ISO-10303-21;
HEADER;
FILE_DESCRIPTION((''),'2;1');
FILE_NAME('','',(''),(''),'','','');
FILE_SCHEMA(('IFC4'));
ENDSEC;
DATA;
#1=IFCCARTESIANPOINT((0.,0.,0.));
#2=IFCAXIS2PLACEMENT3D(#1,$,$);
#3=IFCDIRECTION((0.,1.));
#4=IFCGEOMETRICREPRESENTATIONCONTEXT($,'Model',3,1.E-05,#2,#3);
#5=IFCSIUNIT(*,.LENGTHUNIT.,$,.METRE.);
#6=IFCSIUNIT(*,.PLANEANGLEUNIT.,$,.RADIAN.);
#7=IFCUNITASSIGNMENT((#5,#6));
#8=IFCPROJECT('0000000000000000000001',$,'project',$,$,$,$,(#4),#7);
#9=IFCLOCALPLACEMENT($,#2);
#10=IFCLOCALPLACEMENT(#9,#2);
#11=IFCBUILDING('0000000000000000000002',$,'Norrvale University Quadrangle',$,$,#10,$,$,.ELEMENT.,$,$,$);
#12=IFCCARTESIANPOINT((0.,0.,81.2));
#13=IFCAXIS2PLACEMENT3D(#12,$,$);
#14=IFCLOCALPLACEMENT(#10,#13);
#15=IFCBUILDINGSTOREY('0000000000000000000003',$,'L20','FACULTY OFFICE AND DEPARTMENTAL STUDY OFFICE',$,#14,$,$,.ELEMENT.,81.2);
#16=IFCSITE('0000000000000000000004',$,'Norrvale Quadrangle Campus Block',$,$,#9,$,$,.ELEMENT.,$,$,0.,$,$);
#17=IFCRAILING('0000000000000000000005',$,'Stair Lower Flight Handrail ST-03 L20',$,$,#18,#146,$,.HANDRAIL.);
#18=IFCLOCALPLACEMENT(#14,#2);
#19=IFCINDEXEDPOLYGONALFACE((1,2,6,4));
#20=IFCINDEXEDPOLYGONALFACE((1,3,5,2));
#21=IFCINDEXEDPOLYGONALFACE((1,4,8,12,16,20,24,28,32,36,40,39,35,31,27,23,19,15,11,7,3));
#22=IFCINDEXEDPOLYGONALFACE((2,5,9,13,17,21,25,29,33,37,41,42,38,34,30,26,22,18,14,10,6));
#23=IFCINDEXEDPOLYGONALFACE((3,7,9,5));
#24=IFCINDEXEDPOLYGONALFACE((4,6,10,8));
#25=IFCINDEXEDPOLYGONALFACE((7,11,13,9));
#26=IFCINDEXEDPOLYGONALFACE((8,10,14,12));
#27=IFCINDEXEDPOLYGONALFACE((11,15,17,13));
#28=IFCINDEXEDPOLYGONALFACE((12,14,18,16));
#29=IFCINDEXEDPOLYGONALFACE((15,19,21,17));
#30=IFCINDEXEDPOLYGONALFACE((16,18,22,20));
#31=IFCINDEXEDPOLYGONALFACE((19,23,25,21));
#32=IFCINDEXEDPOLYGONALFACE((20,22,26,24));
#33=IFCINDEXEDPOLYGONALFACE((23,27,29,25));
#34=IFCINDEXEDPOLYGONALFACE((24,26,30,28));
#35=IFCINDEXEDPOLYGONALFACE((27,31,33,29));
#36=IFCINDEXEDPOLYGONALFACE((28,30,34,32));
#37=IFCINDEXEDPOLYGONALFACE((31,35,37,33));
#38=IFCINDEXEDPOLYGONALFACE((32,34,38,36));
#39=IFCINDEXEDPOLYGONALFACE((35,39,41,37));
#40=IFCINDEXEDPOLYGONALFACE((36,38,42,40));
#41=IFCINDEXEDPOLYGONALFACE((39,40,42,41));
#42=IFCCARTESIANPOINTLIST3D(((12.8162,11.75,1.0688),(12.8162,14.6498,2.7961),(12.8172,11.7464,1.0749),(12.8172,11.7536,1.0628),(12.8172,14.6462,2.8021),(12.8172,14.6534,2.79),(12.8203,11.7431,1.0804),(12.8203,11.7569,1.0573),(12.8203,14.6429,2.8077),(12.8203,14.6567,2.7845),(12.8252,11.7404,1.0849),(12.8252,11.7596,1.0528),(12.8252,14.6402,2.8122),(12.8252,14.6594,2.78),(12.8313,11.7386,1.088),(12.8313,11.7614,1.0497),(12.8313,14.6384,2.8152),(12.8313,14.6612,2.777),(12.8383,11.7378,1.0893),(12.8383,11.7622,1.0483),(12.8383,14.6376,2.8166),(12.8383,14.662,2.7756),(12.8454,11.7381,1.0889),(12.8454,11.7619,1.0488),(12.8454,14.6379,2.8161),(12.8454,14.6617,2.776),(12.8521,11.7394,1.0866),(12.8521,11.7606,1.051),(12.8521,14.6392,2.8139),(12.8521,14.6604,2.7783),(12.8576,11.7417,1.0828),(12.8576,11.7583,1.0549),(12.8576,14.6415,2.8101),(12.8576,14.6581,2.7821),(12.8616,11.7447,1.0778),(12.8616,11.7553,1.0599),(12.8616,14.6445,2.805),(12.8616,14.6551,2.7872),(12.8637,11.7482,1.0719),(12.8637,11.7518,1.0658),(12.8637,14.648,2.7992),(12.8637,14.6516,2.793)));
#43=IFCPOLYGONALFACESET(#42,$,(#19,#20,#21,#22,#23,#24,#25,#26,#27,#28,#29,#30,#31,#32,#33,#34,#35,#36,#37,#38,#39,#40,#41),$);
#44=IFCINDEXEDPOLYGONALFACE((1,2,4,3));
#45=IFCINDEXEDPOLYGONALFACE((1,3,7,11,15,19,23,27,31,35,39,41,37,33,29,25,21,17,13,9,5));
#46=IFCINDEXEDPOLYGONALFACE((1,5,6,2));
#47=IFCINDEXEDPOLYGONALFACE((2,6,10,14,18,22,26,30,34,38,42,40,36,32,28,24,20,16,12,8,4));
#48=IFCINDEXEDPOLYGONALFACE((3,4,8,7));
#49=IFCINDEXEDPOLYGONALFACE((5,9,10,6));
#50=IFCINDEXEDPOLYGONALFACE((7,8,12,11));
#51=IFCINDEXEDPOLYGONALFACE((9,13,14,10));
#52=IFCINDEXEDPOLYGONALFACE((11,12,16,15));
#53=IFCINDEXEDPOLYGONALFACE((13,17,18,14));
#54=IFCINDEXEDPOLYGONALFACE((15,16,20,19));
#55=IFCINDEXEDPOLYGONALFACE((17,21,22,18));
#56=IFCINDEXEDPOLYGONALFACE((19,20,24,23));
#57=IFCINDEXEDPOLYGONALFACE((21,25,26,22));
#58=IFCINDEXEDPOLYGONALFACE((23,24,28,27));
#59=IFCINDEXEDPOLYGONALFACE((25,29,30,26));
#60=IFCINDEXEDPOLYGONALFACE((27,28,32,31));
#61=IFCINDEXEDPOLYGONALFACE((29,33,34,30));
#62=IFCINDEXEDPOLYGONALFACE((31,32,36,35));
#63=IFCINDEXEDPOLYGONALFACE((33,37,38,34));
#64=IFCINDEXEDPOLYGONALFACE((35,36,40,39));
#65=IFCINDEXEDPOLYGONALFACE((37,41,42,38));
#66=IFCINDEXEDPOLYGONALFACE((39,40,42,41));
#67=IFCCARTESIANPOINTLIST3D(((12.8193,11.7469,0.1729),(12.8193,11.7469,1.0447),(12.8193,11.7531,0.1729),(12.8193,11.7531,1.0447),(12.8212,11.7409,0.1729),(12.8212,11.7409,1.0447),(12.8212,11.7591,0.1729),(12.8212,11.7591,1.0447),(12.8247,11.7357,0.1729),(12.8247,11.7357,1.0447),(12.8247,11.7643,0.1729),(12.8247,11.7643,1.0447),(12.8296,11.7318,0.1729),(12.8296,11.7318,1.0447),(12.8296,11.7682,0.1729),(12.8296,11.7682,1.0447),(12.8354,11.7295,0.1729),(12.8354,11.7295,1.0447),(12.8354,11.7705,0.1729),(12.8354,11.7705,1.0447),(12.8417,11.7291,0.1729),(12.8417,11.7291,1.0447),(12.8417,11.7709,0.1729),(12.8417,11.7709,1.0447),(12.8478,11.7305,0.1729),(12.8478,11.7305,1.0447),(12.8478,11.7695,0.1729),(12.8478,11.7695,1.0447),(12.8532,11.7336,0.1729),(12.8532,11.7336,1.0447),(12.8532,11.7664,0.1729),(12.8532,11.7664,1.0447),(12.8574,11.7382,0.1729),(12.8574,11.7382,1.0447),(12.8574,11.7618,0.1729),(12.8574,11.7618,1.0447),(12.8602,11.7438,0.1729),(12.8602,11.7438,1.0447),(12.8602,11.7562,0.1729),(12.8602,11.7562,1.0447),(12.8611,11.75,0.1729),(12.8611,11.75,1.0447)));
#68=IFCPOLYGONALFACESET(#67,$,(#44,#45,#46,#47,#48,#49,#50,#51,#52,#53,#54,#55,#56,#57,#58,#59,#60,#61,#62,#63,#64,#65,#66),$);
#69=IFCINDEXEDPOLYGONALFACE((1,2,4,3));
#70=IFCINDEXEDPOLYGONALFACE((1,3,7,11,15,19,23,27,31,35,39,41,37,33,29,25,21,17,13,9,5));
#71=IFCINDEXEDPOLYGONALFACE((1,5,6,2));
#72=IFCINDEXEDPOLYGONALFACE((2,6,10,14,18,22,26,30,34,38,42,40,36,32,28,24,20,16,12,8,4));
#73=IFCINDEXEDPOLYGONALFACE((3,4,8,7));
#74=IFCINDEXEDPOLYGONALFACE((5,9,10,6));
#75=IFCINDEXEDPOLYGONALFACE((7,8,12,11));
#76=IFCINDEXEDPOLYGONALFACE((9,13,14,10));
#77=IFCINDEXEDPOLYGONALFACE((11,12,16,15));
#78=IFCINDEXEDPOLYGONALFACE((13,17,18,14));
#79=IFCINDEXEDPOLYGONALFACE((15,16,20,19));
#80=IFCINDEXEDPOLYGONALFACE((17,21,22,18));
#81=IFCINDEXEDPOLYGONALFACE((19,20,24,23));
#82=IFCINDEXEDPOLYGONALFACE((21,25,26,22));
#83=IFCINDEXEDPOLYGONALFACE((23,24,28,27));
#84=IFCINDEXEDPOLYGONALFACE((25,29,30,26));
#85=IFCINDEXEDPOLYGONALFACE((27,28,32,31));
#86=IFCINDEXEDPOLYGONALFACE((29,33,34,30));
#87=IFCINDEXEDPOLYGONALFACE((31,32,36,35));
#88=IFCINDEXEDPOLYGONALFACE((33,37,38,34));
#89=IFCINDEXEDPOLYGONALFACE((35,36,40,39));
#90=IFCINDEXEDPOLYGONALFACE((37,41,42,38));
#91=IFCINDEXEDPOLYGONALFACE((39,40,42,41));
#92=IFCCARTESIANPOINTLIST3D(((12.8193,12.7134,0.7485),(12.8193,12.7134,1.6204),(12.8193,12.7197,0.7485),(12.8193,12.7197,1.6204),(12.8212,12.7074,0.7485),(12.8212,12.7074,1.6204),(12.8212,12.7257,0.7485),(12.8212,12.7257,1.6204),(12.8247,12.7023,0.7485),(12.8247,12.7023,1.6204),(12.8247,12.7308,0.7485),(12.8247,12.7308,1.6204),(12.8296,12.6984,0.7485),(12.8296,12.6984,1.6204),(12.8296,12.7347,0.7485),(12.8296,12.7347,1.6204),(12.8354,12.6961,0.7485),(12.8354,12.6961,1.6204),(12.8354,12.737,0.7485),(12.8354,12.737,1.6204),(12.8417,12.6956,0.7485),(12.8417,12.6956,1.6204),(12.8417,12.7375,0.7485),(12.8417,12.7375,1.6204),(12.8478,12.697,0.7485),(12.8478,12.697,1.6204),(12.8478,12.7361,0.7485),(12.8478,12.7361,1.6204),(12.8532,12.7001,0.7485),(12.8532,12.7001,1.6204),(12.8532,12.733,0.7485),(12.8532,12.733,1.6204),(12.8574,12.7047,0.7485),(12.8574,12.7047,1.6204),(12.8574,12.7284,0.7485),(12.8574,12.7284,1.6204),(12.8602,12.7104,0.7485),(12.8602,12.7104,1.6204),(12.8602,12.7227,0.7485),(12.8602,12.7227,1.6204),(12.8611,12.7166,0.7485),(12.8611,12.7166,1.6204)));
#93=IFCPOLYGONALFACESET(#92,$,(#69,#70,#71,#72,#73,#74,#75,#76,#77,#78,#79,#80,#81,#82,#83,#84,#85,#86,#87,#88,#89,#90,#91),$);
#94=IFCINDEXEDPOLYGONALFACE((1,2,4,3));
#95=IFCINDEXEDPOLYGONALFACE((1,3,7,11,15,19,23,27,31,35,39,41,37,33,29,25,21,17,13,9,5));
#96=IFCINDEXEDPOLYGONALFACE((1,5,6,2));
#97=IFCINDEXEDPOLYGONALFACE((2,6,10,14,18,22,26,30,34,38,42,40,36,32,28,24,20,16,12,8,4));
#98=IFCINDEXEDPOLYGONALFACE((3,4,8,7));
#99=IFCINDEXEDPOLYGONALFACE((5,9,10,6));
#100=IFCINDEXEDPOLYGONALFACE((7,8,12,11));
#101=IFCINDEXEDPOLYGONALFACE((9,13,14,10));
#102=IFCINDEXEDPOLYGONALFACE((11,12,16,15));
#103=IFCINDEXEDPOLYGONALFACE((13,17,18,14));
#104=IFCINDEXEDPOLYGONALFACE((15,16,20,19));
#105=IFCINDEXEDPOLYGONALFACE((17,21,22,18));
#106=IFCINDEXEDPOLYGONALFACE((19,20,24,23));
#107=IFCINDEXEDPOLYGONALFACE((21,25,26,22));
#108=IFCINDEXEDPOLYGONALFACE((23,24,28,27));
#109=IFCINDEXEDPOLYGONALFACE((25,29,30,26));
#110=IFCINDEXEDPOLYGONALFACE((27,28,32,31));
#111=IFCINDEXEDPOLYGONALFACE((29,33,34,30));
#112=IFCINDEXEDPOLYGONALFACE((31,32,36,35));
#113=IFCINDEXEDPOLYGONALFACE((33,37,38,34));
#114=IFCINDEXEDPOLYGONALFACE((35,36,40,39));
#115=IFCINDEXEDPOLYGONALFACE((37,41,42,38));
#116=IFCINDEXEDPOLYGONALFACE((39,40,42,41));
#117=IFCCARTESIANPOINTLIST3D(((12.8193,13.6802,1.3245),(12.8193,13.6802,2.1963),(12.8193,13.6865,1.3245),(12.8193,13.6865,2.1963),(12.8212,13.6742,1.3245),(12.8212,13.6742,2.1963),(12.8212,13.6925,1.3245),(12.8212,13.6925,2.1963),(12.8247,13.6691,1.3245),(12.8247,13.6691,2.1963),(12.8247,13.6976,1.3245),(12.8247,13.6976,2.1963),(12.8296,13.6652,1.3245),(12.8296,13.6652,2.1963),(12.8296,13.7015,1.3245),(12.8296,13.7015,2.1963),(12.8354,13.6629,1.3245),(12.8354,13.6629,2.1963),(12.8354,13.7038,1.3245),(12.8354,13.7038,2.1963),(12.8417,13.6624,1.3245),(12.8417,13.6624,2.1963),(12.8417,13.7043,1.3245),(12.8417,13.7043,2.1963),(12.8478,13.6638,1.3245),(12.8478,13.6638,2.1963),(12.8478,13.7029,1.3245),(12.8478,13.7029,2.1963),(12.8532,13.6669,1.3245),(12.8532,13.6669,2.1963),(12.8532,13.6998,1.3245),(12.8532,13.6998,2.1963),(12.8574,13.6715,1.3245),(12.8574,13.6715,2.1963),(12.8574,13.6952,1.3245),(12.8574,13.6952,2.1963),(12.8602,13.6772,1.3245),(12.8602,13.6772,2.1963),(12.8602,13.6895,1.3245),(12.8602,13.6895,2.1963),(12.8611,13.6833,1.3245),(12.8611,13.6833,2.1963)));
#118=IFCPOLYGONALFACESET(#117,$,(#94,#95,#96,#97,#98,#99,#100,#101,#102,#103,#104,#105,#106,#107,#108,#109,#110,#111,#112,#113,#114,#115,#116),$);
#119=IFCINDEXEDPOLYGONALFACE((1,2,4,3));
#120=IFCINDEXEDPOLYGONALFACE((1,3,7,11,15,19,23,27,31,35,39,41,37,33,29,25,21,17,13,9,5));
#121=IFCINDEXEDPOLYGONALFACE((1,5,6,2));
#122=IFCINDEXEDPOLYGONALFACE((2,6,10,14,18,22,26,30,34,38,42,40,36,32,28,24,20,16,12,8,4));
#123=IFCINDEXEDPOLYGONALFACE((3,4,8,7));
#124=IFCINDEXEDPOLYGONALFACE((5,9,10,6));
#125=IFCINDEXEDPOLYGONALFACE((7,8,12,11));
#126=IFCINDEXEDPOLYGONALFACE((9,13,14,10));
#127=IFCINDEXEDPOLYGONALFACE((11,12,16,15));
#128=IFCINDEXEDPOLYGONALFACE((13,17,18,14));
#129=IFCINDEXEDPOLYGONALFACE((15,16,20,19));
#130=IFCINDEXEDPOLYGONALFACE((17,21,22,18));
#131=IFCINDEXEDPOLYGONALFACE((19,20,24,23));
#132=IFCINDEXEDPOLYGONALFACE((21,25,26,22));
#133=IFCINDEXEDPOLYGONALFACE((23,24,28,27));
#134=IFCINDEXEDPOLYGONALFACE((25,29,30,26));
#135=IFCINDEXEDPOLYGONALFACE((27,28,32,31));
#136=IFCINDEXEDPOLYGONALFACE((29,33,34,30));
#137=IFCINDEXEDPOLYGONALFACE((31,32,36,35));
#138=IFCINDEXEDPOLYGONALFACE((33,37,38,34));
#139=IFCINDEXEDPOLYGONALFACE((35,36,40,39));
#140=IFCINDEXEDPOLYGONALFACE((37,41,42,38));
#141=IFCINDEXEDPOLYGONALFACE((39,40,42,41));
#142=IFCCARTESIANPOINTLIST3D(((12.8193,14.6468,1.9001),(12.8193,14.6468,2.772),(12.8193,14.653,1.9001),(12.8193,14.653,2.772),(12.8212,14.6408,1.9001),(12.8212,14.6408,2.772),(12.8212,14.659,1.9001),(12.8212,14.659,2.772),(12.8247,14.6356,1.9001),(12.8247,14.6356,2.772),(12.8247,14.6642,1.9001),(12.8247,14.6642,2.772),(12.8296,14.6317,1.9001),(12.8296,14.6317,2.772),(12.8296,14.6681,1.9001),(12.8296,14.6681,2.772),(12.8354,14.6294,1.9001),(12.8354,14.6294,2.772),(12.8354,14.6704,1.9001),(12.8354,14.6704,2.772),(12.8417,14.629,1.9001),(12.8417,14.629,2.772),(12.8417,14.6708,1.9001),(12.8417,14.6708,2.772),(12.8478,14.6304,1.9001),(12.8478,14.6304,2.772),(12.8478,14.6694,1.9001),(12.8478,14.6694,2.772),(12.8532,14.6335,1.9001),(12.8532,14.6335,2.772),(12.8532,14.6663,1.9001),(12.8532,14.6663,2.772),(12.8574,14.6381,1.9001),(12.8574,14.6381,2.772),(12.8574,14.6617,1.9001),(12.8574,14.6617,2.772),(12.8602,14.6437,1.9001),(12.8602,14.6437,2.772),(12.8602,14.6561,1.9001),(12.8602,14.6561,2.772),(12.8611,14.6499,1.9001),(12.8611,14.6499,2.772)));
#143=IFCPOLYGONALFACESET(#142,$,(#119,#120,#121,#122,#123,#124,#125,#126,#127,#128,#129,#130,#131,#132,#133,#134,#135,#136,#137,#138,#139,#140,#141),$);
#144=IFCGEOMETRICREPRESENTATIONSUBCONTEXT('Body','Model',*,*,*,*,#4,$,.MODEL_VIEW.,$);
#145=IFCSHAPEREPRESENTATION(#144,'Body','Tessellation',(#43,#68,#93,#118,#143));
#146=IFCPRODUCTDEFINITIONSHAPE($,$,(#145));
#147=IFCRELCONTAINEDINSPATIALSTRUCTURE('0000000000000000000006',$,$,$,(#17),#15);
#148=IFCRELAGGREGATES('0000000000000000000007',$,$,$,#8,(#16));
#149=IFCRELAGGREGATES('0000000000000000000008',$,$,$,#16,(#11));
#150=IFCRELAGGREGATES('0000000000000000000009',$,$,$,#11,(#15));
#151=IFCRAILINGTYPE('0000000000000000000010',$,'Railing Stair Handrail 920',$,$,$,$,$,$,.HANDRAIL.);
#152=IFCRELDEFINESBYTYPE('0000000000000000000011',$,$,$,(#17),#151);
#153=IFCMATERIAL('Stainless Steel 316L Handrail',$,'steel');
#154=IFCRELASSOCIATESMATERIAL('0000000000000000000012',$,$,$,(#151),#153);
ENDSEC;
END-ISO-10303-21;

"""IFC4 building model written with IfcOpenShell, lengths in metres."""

from ifc_helpers import new_model, si_unit, direction, frame, origin, origin_2d, place, context, subcontext, project, spatial, circle, extrude, material, type_object, element, save


model = new_model("IFC4")

# Units and contexts
model_context = context("Model", 3, precision=1e-05, world=origin(), true_north=direction((0.0, 1.0)))
body_context = subcontext(model_context, "Body", "Model", "MODEL_VIEW")
ifc_project = project(units=[si_unit("LENGTHUNIT", "METRE"), si_unit("PLANEANGLEUNIT", "RADIAN")], contexts=[model_context])

# Site, building, storey
site_placement = place(None, origin())
site = spatial("IfcSite", under=ifc_project, at=site_placement, Name="Norrvale Quadrangle Campus Block", CompositionType="ELEMENT", RefElevation=0.0)
building_placement = place(site_placement, origin())
building = spatial("IfcBuilding", under=site, at=building_placement, Name="Norrvale University Quadrangle", CompositionType="ELEMENT")
storey_placement = place(building_placement, frame((0.0, 0.0, 81.2)))
storey = spatial("IfcBuildingStorey", under=building, at=storey_placement, Name="L20", Description="FACULTY OFFICE AND DEPARTMENTAL STUDY OFFICE", CompositionType="ELEMENT", Elevation=81.2)

# Railing
ifc_material_1 = material(Name="Stainless Steel 316L Handrail", Category="steel")
railing_type_1 = type_object("IfcRailingType", Name="Railing Stair Handrail 920", PredefinedType="HANDRAIL", material=ifc_material_1)
railing_1_placement = place(storey_placement, frame((12.8401, 11.75, 0.1729)))
element("IfcRailing", 1, at=railing_1_placement, inside=storey, type_object=railing_type_1, Name="Stair Lower Flight Handrail ST-03 L20", PredefinedType="HANDRAIL", context=body_context, shape_type="SweptSolid", body=[
    extrude(circle(Radius=0.0239, at=origin_2d()), frame((0.0, 0.0, 0.896), z_axis=(0.0, 0.859141, 0.511738), x_axis=(-1.0, 0.0, 0.0)), (0.0, 0.0, 1.0), 3.3752),
    extrude(circle(Radius=0.021, at=origin_2d()), origin(), (0.0, 0.0, 1.0), 0.8718),
    extrude(circle(Radius=0.021, at=origin_2d()), frame((0.0, 0.9666, 0.5757)), (0.0, 0.0, 1.0), 0.8718),
    extrude(circle(Radius=0.021, at=origin_2d()), frame((0.0, 1.9333, 1.1516)), (0.0, 0.0, 1.0), 0.8718),
    extrude(circle(Radius=0.021, at=origin_2d()), frame((0.0, 2.8999, 1.7273)), (0.0, 0.0, 1.0), 0.8718),
])

save(model, "model.ifc")
